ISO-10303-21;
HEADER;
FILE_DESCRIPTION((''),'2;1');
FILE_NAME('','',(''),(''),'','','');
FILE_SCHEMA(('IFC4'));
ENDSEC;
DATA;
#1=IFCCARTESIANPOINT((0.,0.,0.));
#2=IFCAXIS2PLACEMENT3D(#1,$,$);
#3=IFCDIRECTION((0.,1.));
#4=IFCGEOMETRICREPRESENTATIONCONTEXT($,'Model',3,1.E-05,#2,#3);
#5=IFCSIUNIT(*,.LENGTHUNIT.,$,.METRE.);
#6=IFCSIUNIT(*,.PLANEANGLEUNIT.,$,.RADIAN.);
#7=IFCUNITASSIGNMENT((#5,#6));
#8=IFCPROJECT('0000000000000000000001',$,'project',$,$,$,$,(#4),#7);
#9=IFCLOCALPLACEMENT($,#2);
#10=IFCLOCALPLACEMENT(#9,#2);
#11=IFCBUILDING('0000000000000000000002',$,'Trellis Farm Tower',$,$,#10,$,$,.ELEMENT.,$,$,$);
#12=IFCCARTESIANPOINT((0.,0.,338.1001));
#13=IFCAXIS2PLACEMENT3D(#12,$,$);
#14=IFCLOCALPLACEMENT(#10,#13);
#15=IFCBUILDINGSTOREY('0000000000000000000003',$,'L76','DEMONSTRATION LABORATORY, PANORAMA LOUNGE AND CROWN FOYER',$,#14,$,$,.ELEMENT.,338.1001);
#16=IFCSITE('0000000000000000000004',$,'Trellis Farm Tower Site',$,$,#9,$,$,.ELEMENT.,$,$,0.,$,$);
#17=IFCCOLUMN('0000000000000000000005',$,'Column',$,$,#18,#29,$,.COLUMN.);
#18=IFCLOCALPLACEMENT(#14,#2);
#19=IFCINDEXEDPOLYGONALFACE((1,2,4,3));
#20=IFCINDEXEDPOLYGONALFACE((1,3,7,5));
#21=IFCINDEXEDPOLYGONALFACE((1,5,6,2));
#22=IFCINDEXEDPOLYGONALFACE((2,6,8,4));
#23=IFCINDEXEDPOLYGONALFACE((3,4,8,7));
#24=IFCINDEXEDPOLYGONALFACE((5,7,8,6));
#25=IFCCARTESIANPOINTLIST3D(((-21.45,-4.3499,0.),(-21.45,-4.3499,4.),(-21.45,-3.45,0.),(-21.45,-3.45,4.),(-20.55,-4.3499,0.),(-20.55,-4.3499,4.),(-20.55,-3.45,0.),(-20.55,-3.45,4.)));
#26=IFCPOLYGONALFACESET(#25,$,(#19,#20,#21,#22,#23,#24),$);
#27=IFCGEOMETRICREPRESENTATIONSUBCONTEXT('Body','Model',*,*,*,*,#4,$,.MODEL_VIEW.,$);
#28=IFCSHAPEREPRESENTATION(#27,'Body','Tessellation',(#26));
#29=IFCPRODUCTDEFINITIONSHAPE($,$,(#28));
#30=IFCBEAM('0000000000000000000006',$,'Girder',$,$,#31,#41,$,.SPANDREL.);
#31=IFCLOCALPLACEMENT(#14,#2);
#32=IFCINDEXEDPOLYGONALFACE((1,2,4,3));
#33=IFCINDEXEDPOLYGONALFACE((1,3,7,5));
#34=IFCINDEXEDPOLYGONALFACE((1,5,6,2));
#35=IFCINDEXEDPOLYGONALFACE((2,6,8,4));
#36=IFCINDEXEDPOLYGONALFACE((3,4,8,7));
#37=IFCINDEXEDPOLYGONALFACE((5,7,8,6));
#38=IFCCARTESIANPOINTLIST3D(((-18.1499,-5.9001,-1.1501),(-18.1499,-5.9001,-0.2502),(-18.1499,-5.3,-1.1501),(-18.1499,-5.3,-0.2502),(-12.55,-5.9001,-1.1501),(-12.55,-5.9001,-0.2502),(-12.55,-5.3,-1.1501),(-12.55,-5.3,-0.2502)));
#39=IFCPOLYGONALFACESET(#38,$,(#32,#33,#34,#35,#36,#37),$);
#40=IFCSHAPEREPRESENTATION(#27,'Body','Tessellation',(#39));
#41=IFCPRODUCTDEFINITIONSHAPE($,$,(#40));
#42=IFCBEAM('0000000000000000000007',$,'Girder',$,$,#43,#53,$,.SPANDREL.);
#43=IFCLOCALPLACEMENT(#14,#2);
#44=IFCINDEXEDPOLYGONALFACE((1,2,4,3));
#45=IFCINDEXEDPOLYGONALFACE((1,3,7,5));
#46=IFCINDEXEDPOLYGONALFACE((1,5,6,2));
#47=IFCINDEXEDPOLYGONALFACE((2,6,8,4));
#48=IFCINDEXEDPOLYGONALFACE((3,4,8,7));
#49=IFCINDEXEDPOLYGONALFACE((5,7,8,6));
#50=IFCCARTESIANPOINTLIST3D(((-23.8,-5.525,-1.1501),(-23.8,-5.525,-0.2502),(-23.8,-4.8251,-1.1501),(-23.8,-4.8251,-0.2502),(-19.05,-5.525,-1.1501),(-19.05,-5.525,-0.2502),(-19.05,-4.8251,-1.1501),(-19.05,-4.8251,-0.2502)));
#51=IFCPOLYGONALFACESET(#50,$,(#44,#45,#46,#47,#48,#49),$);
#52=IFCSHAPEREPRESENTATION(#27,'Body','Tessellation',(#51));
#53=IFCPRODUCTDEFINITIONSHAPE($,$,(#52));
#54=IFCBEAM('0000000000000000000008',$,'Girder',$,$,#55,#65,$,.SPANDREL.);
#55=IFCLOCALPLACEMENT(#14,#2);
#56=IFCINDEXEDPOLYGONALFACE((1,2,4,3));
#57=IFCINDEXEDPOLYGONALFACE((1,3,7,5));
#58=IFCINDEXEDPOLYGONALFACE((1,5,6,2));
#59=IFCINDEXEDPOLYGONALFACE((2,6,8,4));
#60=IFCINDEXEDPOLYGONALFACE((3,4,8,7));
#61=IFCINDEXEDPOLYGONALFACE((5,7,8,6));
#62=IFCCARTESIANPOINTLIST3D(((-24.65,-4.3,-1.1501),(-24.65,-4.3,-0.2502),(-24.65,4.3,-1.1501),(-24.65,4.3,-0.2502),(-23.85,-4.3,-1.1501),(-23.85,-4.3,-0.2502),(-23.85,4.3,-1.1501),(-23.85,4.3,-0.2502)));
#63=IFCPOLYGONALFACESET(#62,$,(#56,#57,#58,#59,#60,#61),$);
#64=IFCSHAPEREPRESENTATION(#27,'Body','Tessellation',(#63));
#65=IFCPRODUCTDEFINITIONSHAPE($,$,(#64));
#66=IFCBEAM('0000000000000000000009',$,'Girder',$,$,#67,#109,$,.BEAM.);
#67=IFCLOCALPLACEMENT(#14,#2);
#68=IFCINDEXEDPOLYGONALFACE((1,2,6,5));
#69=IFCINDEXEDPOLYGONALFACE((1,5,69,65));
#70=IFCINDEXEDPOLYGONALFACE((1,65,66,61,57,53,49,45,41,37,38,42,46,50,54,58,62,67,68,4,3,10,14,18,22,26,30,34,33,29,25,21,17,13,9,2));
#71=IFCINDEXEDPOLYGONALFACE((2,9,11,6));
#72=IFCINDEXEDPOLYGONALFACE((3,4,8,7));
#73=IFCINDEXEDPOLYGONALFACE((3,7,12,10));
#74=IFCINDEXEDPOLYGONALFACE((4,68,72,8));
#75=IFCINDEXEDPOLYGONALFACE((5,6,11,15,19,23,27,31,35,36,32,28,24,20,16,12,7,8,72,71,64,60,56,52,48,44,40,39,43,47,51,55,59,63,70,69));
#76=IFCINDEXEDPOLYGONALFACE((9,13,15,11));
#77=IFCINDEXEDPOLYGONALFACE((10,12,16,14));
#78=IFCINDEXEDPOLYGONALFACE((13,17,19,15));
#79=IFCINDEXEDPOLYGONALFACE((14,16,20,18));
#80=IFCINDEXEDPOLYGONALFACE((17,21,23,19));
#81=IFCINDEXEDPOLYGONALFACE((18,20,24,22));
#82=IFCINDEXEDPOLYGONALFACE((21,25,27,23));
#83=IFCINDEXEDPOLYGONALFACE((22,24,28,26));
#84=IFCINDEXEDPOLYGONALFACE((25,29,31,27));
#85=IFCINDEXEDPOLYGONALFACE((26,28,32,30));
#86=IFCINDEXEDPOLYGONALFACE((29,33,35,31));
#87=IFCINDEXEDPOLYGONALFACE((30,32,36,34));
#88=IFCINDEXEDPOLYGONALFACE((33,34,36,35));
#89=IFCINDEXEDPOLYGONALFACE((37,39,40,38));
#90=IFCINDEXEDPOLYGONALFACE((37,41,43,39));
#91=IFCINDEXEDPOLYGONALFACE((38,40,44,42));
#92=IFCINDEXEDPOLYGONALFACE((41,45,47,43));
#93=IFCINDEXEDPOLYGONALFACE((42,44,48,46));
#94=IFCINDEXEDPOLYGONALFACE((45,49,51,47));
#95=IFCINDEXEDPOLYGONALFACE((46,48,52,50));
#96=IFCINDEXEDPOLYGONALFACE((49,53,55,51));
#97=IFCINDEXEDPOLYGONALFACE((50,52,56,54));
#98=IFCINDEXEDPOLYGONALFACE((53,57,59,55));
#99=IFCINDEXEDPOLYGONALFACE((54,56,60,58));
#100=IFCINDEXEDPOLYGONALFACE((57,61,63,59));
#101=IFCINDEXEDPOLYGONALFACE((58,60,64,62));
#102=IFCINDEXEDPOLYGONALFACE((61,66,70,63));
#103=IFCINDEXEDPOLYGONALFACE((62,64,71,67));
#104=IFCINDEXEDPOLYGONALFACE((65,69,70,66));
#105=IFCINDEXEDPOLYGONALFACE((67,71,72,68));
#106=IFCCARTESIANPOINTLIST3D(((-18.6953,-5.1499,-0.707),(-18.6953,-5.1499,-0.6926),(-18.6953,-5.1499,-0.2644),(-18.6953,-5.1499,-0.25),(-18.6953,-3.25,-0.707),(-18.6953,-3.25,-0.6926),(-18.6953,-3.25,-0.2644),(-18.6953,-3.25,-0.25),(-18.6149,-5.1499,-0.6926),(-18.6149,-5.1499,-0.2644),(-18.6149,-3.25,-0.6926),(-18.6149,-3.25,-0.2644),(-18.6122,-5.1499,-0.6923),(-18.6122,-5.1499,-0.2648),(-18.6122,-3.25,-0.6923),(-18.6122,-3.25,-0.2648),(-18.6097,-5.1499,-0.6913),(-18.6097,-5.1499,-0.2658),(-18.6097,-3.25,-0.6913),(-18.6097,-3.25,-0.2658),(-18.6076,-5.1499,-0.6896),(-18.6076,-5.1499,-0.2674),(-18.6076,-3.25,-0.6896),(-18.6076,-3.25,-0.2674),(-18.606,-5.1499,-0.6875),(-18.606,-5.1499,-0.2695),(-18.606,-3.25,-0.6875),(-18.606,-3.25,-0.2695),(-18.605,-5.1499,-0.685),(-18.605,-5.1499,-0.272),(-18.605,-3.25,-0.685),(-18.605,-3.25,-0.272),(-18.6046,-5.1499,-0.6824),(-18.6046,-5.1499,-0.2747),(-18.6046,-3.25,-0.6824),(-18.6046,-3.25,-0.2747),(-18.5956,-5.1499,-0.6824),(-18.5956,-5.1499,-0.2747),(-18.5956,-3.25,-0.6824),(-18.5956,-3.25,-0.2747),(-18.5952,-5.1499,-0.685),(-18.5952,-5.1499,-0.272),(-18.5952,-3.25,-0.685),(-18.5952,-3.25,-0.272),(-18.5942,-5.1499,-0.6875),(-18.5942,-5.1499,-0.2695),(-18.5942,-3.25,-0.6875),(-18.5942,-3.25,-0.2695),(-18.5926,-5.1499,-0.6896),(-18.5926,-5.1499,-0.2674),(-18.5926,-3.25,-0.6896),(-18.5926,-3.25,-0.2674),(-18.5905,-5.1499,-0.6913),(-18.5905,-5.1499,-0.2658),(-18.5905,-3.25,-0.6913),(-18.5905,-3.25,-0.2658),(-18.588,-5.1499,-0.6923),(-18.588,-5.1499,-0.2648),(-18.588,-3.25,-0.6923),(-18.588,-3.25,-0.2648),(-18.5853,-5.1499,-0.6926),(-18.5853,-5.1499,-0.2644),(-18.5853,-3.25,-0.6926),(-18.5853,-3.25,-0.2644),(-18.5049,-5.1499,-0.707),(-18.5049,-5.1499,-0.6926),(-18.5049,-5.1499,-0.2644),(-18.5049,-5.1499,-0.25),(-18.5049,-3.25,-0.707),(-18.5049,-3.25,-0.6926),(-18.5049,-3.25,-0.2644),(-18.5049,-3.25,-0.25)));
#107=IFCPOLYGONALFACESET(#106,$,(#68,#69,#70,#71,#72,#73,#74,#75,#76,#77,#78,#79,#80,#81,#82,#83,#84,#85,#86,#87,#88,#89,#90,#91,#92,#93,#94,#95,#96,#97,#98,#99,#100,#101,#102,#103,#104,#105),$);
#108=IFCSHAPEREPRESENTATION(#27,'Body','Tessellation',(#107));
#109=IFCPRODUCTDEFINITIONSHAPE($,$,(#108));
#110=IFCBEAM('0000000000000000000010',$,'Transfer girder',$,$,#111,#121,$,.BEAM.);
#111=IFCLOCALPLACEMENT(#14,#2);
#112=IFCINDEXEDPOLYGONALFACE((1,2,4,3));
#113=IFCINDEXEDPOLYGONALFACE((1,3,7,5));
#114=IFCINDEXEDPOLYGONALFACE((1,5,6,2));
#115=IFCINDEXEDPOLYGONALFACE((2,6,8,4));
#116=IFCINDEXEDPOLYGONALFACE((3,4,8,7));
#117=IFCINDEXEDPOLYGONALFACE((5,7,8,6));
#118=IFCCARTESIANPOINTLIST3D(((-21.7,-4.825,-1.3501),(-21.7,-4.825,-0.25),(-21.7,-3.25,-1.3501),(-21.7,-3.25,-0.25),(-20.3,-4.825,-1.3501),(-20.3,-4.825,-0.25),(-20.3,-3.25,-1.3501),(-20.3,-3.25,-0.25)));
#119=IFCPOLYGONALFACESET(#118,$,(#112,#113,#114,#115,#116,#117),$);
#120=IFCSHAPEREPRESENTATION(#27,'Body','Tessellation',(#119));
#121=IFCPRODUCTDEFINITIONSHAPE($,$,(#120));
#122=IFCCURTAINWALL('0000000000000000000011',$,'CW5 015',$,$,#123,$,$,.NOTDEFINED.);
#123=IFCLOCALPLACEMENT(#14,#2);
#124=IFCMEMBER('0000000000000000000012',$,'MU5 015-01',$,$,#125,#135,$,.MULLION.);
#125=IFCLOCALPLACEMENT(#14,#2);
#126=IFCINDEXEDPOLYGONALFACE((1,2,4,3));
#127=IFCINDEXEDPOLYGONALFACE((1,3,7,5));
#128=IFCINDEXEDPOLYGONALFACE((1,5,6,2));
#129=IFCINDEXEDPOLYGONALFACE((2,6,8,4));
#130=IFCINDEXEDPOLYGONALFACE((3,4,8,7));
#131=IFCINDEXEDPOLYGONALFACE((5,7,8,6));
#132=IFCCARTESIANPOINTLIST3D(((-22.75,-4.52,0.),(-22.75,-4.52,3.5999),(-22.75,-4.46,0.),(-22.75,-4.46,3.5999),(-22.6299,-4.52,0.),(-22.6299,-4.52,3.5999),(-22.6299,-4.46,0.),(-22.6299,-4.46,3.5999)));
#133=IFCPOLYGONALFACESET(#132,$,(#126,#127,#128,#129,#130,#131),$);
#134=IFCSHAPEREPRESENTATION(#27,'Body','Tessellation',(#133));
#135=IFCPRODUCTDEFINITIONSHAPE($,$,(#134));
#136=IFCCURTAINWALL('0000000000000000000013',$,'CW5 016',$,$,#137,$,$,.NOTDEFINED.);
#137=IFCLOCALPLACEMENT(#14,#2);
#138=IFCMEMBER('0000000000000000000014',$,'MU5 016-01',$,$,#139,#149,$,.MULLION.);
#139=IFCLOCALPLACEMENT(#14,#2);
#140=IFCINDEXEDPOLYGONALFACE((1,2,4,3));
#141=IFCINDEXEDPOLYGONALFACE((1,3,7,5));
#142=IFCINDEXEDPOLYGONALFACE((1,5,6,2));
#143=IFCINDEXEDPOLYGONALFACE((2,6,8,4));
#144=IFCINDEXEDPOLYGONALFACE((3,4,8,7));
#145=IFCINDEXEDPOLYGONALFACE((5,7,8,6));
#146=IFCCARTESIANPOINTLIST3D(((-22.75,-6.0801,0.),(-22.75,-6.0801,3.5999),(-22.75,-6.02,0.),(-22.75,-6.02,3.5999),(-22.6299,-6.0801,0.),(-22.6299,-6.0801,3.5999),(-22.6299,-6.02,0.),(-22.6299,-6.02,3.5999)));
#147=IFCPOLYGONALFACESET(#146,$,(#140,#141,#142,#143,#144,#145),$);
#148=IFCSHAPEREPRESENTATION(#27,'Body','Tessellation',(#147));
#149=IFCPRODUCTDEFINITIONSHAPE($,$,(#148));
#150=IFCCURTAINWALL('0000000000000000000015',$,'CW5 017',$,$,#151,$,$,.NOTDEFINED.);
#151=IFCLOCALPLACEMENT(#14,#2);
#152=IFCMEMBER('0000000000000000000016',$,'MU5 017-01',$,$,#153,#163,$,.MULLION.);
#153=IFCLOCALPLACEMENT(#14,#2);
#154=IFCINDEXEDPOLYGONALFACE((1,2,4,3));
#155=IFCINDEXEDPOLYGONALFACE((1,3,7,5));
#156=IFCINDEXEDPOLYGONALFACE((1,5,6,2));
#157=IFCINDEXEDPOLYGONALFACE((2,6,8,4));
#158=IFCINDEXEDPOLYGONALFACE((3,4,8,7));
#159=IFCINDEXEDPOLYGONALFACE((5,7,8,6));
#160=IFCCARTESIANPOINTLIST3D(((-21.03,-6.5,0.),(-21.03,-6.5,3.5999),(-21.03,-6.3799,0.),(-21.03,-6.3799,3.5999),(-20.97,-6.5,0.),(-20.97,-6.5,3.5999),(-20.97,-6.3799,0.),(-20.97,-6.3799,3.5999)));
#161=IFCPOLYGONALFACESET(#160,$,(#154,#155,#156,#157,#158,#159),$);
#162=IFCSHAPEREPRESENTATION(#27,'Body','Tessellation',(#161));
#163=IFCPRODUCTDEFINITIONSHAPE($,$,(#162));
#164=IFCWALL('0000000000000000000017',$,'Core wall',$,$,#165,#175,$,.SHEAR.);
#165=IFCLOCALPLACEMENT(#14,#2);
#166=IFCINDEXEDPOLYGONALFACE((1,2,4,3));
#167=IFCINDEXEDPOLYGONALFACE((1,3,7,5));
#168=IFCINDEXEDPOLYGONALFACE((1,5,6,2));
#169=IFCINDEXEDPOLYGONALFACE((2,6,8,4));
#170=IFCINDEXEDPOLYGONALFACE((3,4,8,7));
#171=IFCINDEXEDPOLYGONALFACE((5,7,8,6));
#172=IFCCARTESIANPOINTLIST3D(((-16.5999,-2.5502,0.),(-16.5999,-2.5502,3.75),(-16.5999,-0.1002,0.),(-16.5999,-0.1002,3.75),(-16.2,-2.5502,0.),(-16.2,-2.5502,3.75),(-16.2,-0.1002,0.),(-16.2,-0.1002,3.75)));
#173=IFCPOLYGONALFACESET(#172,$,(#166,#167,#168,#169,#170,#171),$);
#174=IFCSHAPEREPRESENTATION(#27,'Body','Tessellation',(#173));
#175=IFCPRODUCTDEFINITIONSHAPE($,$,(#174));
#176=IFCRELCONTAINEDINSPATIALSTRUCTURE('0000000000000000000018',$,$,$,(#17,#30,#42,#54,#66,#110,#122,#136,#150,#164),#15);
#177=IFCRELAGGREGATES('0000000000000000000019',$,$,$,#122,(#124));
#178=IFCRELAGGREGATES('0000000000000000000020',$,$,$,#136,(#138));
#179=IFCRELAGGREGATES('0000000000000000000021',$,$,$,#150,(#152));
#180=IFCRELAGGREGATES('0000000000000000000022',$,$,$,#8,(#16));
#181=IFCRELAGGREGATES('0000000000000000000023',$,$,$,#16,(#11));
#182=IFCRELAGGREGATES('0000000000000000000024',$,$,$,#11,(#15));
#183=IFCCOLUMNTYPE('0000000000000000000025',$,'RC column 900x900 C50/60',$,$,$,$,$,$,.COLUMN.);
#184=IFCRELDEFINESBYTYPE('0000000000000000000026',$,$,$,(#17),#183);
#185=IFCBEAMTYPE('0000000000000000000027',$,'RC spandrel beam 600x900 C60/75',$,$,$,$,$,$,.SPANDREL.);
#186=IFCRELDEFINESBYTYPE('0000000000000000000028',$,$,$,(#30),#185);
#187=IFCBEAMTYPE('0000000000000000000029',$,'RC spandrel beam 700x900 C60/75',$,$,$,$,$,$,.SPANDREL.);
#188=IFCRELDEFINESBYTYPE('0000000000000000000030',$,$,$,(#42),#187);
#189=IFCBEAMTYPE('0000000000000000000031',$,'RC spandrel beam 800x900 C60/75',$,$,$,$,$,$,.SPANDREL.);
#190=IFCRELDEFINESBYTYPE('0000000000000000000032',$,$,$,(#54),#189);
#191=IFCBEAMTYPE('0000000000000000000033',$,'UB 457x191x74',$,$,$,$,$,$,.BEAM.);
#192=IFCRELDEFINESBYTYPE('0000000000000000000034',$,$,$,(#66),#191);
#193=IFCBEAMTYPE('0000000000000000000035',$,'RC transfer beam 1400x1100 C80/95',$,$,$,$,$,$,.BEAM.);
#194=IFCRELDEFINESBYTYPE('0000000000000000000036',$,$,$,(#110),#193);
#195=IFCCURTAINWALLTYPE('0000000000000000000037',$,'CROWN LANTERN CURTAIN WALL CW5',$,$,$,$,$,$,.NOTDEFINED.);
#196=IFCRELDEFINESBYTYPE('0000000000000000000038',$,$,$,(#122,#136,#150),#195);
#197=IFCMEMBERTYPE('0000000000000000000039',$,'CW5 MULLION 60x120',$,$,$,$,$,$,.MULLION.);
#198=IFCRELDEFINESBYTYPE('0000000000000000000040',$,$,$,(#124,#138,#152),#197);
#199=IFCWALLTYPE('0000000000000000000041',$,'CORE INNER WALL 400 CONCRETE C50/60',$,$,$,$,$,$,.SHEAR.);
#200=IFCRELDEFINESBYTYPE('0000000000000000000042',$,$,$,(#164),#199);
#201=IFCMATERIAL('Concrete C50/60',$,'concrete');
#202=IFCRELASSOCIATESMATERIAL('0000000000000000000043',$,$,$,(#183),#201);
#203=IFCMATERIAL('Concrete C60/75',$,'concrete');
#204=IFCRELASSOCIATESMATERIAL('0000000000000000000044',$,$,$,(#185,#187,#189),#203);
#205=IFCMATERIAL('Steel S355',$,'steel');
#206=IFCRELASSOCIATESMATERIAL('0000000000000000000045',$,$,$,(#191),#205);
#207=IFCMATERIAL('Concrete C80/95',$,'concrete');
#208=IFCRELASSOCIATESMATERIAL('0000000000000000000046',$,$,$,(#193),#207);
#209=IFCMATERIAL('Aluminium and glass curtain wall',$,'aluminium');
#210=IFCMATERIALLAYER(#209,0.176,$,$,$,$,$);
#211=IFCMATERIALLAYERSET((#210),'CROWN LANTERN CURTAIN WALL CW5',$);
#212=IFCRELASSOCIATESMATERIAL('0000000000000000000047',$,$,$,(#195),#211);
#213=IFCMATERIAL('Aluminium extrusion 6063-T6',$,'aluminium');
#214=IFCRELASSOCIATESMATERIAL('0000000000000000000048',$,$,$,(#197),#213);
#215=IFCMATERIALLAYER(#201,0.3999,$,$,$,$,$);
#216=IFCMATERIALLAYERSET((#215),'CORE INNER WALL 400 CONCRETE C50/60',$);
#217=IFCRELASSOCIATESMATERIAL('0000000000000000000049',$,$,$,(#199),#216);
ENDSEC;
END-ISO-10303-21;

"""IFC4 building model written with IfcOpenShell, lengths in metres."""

from ifc_helpers import new_model, si_unit, direction, frame, frame_2d, origin, origin_2d, place, context, subcontext, project, spatial, rectangle, i_section, extrude, source, transform, mapped, material, layer, layer_set, material_profile, profile_set, type_object, element, aggregate, save


model = new_model("IFC4")

# Units and contexts
model_context = context("Model", 3, precision=1e-05, world=origin(), true_north=direction((0.0, 1.0)))
body_context = subcontext(model_context, "Body", "Model", "MODEL_VIEW")
ifc_project = project(units=[si_unit("LENGTHUNIT", "METRE"), si_unit("PLANEANGLEUNIT", "RADIAN")], contexts=[model_context])

# Site, building, storey
site_placement = place(None, origin())
site = spatial("IfcSite", under=ifc_project, at=site_placement, Name="Trellis Farm Tower Site", CompositionType="ELEMENT", RefElevation=0.0)
building_placement = place(site_placement, origin())
building = spatial("IfcBuilding", under=site, at=building_placement, Name="Trellis Farm Tower", CompositionType="ELEMENT")
storey_placement = place(building_placement, frame((0.0, 0.0, 338.1001)))
storey = spatial("IfcBuildingStorey", under=building, at=storey_placement, Name="L76", Description="DEMONSTRATION LABORATORY, PANORAMA LOUNGE AND CROWN FOYER", CompositionType="ELEMENT", Elevation=338.1001)

# Column
ifc_material_1 = material(Name="Concrete C50/60", Category="concrete")
ifc_material_profile_1 = material_profile(ifc_material_1, rectangle(XDim=0.8999, YDim=0.8999, at=origin_2d()), Name="RC column 900x900 C50/60")
ifc_profile_set_1 = profile_set([ifc_material_profile_1], Name="Concrete C50/60")
column_type = type_object("IfcColumnType", Name="RC column 900x900 C50/60", PredefinedType="COLUMN", material=ifc_profile_set_1)
shared_shape_1 = source(origin(), body_context, "Body", "SweptSolid", [
    extrude(rectangle(XDim=0.8999, YDim=0.8999, at=origin_2d()), origin(), (0.0, 0.0, 1.0), 4.0),
])
column_placement = place(storey_placement, frame((-21.0, -3.8999, 0.0), z_axis=(0.0, 0.0, 1.0), x_axis=(1.0, 0.0, 0.0)))
element("IfcColumn", 1, at=column_placement, inside=storey, type_object=column_type, Name="Column", PredefinedType="COLUMN", context=body_context, shape_type="MappedRepresentation", body=[
    mapped(shared_shape_1, transform((0.0, 0.0, 0.0))),
])

# Beams
ifc_material_2 = material(Name="Concrete C60/75", Category="concrete")
ifc_material_profile_2 = material_profile(ifc_material_2, rectangle(XDim=0.6001, YDim=0.8999, at=origin_2d()), Name="RC spandrel beam 600x900 C60/75")
ifc_profile_set_2 = profile_set([ifc_material_profile_2], Name="Concrete C60/75")
beam_type_1 = type_object("IfcBeamType", Name="RC spandrel beam 600x900 C60/75", PredefinedType="SPANDREL", material=ifc_profile_set_2)
shared_shape_2 = source(origin(), body_context, "Body", "SweptSolid", [
    extrude(rectangle(XDim=0.6001, YDim=0.8999, at=origin_2d()), origin(), (0.0, 0.0, 1.0), 5.5999),
])
beam_1_placement = place(storey_placement, frame((-18.1499, -5.6001, -0.7002), z_axis=(1.0, 0.0, 0.0), x_axis=(0.0, 1.0, 0.0)))
element("IfcBeam", 2, at=beam_1_placement, inside=storey, type_object=beam_type_1, Name="Girder", PredefinedType="SPANDREL", context=body_context, shape_type="MappedRepresentation", body=[
    mapped(shared_shape_2, transform((0.0, 0.0, 0.0))),
])
ifc_material_profile_3 = material_profile(ifc_material_2, rectangle(XDim=0.7, YDim=0.8999, at=origin_2d()), Name="RC spandrel beam 700x900 C60/75")
ifc_profile_set_3 = profile_set([ifc_material_profile_3], Name="Concrete C60/75")
beam_type_2 = type_object("IfcBeamType", Name="RC spandrel beam 700x900 C60/75", PredefinedType="SPANDREL", material=ifc_profile_set_3)
shared_shape_3 = source(origin(), body_context, "Body", "SweptSolid", [
    extrude(rectangle(XDim=0.7, YDim=0.8999, at=origin_2d()), origin(), (0.0, 0.0, 1.0), 4.75),
])
beam_2_placement = place(storey_placement, frame((-23.8, -5.175, -0.7002), z_axis=(1.0, 0.0, 0.0), x_axis=(0.0, 1.0, 0.0)))
element("IfcBeam", 3, at=beam_2_placement, inside=storey, type_object=beam_type_2, Name="Girder", PredefinedType="SPANDREL", context=body_context, shape_type="MappedRepresentation", body=[
    mapped(shared_shape_3, transform((0.0, 0.0, 0.0))),
])
ifc_material_profile_4 = material_profile(ifc_material_2, rectangle(XDim=0.8, YDim=0.8999, at=origin_2d()), Name="RC spandrel beam 800x900 C60/75")
ifc_profile_set_4 = profile_set([ifc_material_profile_4], Name="Concrete C60/75")
beam_type_3 = type_object("IfcBeamType", Name="RC spandrel beam 800x900 C60/75", PredefinedType="SPANDREL", material=ifc_profile_set_4)
shared_shape_4 = source(origin(), body_context, "Body", "SweptSolid", [
    extrude(rectangle(XDim=0.8, YDim=0.8999, at=origin_2d()), origin(), (0.0, 0.0, 1.0), 8.6001),
])
beam_3_placement = place(storey_placement, frame((-24.25, -4.3, -0.7002), z_axis=(0.0, 1.0, 0.0), x_axis=(-1.0, 0.0, 0.0)))
element("IfcBeam", 4, at=beam_3_placement, inside=storey, type_object=beam_type_3, Name="Girder", PredefinedType="SPANDREL", context=body_context, shape_type="MappedRepresentation", body=[
    mapped(shared_shape_4, transform((0.0, 0.0, 0.0))),
])
ifc_material_3 = material(Name="Steel S355", Category="steel")
ifc_material_profile_5 = material_profile(ifc_material_3, i_section(OverallWidth=0.1904, OverallDepth=0.457, WebThickness=0.009, FlangeThickness=0.0144, FilletRadius=0.0103, at=origin_2d()), Name="UB 457x191x74")
ifc_profile_set_5 = profile_set([ifc_material_profile_5], Name="Steel S355")
beam_type_4 = type_object("IfcBeamType", Name="UB 457x191x74", PredefinedType="BEAM", material=ifc_profile_set_5)
shared_shape_5 = source(origin(), body_context, "Body", "SweptSolid", [
    extrude(i_section(OverallWidth=0.1904, OverallDepth=0.457, WebThickness=0.009, FlangeThickness=0.0144, FilletRadius=0.0103, at=origin_2d()), origin(), (0.0, 0.0, 1.0), 1.8999),
])
beam_4_placement = place(storey_placement, frame((-18.6001, -5.1499, -0.4785), z_axis=(0.0, 1.0, 0.0), x_axis=(-1.0, 0.0, 0.0)))
element("IfcBeam", 5, at=beam_4_placement, inside=storey, type_object=beam_type_4, Name="Girder", PredefinedType="BEAM", context=body_context, shape_type="MappedRepresentation", body=[
    mapped(shared_shape_5, transform((0.0, 0.0, 0.0))),
])
ifc_material_4 = material(Name="Concrete C80/95", Category="concrete")
ifc_material_profile_6 = material_profile(ifc_material_4, rectangle(XDim=1.3999, YDim=1.1001, at=origin_2d()), Name="RC transfer beam 1400x1100 C80/95")
ifc_profile_set_6 = profile_set([ifc_material_profile_6], Name="Concrete C80/95")
beam_type_5 = type_object("IfcBeamType", Name="RC transfer beam 1400x1100 C80/95", PredefinedType="BEAM", material=ifc_profile_set_6)
shared_shape_6 = source(origin(), body_context, "Body", "SweptSolid", [
    extrude(rectangle(XDim=1.3999, YDim=1.1001, at=origin_2d()), origin(), (0.0, 0.0, 1.0), 1.575),
])
beam_5_placement = place(storey_placement, frame((-21.0, -4.825, -0.8), z_axis=(0.0, 1.0, 0.0), x_axis=(-1.0, 0.0, 0.0)))
element("IfcBeam", 6, at=beam_5_placement, inside=storey, type_object=beam_type_5, Name="Transfer girder", PredefinedType="BEAM", context=body_context, shape_type="MappedRepresentation", body=[
    mapped(shared_shape_6, transform((0.0, 0.0, 0.0))),
])

# Curtain walls, members
ifc_material_5 = material(Name="Aluminium and glass curtain wall", Category="aluminium")
ifc_layer_1 = layer(ifc_material_5, 0.176)
ifc_layer_set_1 = layer_set([ifc_layer_1], Name="CROWN LANTERN CURTAIN WALL CW5")
curtain_wall_type = type_object("IfcCurtainWallType", Name="CROWN LANTERN CURTAIN WALL CW5", PredefinedType="NOTDEFINED", material=ifc_layer_set_1)
placement = place(storey_placement, origin())
curtain_wall_1 = element("IfcCurtainWall", 7, at=placement, inside=storey, type_object=curtain_wall_type, Name="CW5 015", PredefinedType="NOTDEFINED")
ifc_material_6 = material(Name="Aluminium extrusion 6063-T6", Category="aluminium")
ifc_material_profile_7 = material_profile(ifc_material_6, rectangle(XDim=0.0601, YDim=0.1201, at=origin_2d()), Name="MULLION 60x120")
ifc_profile_set_7 = profile_set([ifc_material_profile_7], Name="Aluminium extrusion 6063-T6")
member_type = type_object("IfcMemberType", Name="CW5 MULLION 60x120", PredefinedType="MULLION", material=ifc_profile_set_7)
shared_shape_7 = source(origin(), body_context, "Body", "SweptSolid", [
    extrude(rectangle(XDim=0.0601, YDim=0.1201, at=origin_2d()), origin(), (0.0, 0.0, 1.0), 3.5999),
])
member_1_placement = place(storey_placement, frame((-22.6899, -4.49, 0.0), z_axis=(0.0, 0.0, 1.0), x_axis=(0.0, -1.0, 0.0)))
member_1 = element("IfcMember", 8, at=member_1_placement, type_object=member_type, Name="MU5 015-01", PredefinedType="MULLION", context=body_context, shape_type="MappedRepresentation", body=[
    mapped(shared_shape_7, transform((0.0, 0.0, 0.0))),
])
aggregate(curtain_wall_1, [member_1])
curtain_wall_2 = element("IfcCurtainWall", 9, at=placement, inside=storey, type_object=curtain_wall_type, Name="CW5 016", PredefinedType="NOTDEFINED")
member_2_placement = place(storey_placement, frame((-22.6899, -6.05, 0.0), z_axis=(0.0, 0.0, 1.0), x_axis=(0.0, -1.0, 0.0)))
member_2 = element("IfcMember", 10, at=member_2_placement, type_object=member_type, Name="MU5 016-01", PredefinedType="MULLION", context=body_context, shape_type="MappedRepresentation", body=[
    mapped(shared_shape_7, transform((0.0, 0.0, 0.0))),
])
aggregate(curtain_wall_2, [member_2])
curtain_wall_3 = element("IfcCurtainWall", 11, at=placement, inside=storey, type_object=curtain_wall_type, Name="CW5 017", PredefinedType="NOTDEFINED")
member_3_placement = place(storey_placement, frame((-21.0, -6.4399, 0.0), z_axis=(0.0, 0.0, 1.0), x_axis=(1.0, 0.0, 0.0)))
member_3 = element("IfcMember", 12, at=member_3_placement, type_object=member_type, Name="MU5 017-01", PredefinedType="MULLION", context=body_context, shape_type="MappedRepresentation", body=[
    mapped(shared_shape_7, transform((0.0, 0.0, 0.0))),
])
aggregate(curtain_wall_3, [member_3])

# Wall
ifc_layer_2 = layer(ifc_material_1, 0.3999)
ifc_layer_set_2 = layer_set([ifc_layer_2], Name="CORE INNER WALL 400 CONCRETE C50/60")
wall_type_1 = type_object("IfcWallType", Name="CORE INNER WALL 400 CONCRETE C50/60", PredefinedType="SHEAR", material=ifc_layer_set_2)
shared_shape_8 = source(origin(), body_context, "Body", "SweptSolid", [
    extrude(rectangle(XDim=2.45, YDim=0.3999, at=frame_2d((1.2251, 0.0))), origin(), (0.0, 0.0, 1.0), 3.75),
])
for number, where, z_axis, x_axis, name in (
    (13, (-16.3999, -0.1001, 0.0), (0.0, 0.0, 1.0), (0.0, -1.0, 0.0), "Core wall"),
):
    element("IfcWall", number, at=place(storey_placement, frame(where, z_axis=z_axis, x_axis=x_axis)), inside=storey, type_object=wall_type_1, Name=name, PredefinedType="SHEAR", context=body_context, shape_type="MappedRepresentation", body=[
        mapped(shared_shape_8, transform((0.0, 0.0, 0.0))),
    ])

save(model, "model.ifc")
